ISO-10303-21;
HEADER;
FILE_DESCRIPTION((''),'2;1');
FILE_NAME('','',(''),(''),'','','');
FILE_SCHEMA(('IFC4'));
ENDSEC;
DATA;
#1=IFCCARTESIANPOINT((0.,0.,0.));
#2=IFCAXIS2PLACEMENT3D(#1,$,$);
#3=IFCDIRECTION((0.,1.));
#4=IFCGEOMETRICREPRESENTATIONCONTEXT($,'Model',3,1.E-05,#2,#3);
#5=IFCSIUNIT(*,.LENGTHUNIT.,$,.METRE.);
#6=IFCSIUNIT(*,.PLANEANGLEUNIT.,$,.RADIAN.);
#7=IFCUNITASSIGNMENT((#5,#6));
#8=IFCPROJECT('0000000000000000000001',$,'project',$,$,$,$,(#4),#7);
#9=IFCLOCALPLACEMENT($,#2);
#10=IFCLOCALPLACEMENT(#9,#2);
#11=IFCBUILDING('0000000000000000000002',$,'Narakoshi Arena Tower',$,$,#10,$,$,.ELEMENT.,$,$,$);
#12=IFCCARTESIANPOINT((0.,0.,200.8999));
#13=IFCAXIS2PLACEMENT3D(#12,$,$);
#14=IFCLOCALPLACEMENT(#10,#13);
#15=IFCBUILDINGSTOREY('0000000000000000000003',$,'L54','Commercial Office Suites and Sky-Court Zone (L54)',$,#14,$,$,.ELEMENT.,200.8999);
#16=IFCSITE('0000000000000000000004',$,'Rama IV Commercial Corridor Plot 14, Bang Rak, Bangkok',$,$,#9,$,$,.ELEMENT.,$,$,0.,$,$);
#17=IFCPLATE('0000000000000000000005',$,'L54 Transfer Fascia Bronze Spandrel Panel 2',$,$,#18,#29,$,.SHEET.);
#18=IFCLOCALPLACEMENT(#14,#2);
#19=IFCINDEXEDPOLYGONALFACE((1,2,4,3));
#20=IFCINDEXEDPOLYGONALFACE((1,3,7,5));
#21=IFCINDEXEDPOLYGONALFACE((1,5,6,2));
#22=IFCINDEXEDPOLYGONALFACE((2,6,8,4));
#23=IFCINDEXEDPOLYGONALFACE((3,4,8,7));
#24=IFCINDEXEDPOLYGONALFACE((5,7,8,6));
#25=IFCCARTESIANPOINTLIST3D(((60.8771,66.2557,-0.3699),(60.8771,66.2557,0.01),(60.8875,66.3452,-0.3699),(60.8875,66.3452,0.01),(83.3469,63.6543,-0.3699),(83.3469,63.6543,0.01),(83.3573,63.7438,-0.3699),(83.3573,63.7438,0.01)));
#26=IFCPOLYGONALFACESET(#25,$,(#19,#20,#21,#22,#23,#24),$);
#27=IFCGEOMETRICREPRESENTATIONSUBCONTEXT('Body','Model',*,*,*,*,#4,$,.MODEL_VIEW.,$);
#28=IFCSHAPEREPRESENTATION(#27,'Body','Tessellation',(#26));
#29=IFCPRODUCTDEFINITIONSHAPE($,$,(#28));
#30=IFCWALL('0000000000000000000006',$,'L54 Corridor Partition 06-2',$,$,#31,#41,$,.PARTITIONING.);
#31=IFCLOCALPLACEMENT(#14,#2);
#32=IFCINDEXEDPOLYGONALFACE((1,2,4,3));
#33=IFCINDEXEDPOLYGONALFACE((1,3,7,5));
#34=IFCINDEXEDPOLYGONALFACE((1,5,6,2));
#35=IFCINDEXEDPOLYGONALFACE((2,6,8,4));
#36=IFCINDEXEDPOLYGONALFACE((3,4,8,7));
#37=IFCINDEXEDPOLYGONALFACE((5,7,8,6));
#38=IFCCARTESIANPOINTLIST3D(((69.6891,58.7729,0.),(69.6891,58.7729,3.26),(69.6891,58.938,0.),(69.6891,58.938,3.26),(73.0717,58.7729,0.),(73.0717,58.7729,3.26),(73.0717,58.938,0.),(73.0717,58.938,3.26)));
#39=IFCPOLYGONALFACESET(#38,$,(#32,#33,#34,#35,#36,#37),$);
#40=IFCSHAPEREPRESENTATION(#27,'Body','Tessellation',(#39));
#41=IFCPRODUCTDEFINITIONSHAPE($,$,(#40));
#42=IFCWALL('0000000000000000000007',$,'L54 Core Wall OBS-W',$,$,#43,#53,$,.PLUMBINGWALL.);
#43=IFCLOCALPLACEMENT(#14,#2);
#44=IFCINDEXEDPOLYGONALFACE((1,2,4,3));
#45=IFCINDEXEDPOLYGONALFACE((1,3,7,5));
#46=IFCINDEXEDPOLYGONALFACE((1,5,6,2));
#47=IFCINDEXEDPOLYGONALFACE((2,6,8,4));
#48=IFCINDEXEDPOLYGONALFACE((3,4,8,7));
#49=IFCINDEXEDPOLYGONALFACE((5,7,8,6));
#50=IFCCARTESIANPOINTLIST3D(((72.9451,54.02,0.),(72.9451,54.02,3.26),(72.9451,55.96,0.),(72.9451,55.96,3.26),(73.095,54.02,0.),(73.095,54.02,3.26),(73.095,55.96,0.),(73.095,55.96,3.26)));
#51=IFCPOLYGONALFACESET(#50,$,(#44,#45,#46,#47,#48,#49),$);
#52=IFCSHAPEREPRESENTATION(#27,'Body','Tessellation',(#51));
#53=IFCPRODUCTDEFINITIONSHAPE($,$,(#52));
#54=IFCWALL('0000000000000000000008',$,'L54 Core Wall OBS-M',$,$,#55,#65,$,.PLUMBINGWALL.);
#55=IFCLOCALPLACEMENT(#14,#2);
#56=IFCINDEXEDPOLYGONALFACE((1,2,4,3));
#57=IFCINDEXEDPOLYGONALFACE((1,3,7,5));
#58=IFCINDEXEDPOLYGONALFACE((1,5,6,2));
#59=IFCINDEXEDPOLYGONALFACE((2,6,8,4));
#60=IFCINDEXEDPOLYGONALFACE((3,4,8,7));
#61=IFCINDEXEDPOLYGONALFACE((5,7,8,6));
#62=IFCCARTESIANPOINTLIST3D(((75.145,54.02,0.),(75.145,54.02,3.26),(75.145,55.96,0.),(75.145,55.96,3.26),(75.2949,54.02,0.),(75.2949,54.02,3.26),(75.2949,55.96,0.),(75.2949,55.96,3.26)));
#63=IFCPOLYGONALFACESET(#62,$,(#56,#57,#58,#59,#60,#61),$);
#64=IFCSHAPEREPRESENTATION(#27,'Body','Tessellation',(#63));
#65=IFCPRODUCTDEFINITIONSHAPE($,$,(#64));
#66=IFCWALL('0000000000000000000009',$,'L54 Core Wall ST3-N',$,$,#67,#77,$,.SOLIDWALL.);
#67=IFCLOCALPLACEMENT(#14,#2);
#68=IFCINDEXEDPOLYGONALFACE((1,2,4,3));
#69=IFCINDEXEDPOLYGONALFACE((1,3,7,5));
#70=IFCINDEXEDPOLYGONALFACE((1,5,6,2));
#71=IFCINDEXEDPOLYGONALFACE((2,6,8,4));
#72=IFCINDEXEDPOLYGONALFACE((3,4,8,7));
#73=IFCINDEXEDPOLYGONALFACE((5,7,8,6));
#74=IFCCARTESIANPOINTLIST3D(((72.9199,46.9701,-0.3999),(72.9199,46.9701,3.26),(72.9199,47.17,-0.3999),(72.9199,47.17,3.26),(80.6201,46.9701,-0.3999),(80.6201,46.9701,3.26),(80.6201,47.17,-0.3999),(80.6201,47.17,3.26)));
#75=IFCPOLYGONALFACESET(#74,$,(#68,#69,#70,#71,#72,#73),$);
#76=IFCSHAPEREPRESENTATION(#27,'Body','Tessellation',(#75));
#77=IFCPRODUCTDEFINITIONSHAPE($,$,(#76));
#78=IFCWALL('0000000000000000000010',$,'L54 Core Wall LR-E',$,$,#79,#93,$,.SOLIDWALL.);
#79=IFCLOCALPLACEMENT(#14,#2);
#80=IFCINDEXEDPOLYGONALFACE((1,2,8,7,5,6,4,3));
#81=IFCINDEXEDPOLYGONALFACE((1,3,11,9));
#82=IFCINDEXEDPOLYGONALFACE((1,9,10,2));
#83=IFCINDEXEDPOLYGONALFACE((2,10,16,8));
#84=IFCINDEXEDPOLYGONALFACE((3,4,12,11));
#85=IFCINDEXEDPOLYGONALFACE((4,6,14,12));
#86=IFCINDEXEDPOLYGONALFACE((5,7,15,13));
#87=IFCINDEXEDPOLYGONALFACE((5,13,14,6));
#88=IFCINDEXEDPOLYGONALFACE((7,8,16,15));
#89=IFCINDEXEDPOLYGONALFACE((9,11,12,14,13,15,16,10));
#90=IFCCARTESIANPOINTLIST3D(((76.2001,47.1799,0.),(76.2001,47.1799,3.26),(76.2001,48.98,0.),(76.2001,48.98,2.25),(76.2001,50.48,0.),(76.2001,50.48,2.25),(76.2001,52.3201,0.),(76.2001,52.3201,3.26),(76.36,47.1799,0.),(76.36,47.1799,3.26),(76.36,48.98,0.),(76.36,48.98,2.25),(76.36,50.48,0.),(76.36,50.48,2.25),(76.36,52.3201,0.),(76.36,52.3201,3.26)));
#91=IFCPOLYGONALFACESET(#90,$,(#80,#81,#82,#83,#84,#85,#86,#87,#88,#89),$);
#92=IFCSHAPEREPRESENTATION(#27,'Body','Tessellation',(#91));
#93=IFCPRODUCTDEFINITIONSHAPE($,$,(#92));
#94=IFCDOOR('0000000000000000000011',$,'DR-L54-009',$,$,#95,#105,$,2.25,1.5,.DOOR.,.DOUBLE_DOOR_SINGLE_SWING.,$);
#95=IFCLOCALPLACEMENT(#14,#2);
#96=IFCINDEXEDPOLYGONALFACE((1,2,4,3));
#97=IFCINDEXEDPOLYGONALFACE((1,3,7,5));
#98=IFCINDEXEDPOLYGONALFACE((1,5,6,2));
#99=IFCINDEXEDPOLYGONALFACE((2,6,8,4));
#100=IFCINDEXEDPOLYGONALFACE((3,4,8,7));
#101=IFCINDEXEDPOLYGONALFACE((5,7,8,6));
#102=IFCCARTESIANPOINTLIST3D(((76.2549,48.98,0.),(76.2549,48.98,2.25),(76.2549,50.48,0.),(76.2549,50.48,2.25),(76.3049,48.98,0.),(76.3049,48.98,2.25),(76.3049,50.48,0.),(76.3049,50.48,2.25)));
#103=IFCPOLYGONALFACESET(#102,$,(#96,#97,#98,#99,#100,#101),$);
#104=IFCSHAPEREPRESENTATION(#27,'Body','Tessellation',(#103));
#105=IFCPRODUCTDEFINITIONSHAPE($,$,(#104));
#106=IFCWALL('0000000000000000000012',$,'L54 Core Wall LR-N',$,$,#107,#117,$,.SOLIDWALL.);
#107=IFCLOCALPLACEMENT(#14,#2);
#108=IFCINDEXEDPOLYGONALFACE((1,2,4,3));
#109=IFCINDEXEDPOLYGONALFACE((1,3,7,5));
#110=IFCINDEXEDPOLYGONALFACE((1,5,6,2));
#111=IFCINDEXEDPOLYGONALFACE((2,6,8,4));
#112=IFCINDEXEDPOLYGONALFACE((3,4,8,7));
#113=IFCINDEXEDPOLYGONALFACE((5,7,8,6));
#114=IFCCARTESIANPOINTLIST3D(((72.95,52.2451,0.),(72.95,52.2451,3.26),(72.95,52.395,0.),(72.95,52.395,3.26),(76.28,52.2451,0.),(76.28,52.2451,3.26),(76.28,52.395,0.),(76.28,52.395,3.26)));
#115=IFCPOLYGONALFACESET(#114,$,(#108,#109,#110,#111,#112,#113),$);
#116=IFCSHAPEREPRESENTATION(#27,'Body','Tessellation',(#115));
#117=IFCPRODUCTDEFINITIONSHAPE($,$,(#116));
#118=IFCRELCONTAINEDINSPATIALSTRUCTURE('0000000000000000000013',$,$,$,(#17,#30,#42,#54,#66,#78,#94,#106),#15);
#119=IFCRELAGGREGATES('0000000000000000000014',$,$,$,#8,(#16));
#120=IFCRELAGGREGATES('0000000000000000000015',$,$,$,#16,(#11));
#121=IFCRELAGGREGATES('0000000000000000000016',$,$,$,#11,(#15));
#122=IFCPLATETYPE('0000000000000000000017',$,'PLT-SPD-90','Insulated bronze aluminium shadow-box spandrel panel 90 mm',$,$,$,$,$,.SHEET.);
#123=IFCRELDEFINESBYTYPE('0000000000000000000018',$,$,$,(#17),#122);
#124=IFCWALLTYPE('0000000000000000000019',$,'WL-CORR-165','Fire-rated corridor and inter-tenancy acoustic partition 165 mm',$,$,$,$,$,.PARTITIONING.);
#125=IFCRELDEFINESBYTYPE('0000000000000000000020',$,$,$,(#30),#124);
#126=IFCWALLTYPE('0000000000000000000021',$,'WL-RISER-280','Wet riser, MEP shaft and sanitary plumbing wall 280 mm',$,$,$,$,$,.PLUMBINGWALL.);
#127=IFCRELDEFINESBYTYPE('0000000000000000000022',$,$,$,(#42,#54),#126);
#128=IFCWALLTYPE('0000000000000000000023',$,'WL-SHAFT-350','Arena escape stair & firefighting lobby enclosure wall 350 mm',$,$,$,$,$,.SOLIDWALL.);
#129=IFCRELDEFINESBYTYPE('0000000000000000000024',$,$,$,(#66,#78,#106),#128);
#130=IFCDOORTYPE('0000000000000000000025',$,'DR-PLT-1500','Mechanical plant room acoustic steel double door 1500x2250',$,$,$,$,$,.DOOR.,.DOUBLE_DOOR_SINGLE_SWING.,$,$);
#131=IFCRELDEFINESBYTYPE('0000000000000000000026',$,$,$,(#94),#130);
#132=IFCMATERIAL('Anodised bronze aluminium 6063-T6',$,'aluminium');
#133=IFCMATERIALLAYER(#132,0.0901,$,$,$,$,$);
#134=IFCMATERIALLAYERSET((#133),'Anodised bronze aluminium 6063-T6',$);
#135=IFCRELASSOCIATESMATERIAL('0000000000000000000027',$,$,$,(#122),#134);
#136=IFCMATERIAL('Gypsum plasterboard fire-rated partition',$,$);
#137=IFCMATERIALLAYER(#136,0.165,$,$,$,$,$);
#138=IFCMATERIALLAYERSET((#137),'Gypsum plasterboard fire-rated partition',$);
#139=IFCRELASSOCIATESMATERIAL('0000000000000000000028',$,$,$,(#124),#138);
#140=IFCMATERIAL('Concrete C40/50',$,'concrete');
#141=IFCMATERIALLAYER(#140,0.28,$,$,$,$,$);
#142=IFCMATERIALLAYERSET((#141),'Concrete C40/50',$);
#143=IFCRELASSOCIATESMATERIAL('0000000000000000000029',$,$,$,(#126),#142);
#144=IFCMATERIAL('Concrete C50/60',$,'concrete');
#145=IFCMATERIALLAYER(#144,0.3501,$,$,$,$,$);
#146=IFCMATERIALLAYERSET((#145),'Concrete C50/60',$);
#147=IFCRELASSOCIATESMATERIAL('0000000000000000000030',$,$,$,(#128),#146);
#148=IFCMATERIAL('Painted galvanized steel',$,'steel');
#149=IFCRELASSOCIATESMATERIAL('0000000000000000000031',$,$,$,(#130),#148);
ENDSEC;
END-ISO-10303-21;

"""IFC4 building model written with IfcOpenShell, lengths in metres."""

from ifc_helpers import new_model, si_unit, direction, frame, frame_2d, origin, origin_2d, place, context, subcontext, project, spatial, rectangle, extrude, material, layer, layer_set, type_object, element, fill, save


model = new_model("IFC4")

# Units and contexts
model_context = context("Model", 3, precision=1e-05, world=origin(), true_north=direction((0.0, 1.0)))
body_context = subcontext(model_context, "Body", "Model", "MODEL_VIEW")
ifc_project = project(units=[si_unit("LENGTHUNIT", "METRE"), si_unit("PLANEANGLEUNIT", "RADIAN")], contexts=[model_context])

# Site, building, storey
site_placement = place(None, origin())
site = spatial("IfcSite", under=ifc_project, at=site_placement, Name="Rama IV Commercial Corridor Plot 14, Bang Rak, Bangkok", CompositionType="ELEMENT", RefElevation=0.0)
building_placement = place(site_placement, origin())
building = spatial("IfcBuilding", under=site, at=building_placement, Name="Narakoshi Arena Tower", CompositionType="ELEMENT")
storey_placement = place(building_placement, frame((0.0, 0.0, 200.8999)))
storey = spatial("IfcBuildingStorey", under=building, at=storey_placement, Name="L54", Description="Commercial Office Suites and Sky-Court Zone (L54)", CompositionType="ELEMENT", Elevation=200.8999)

# Shared definitions
ifc_material_1 = material(Name="Anodised bronze aluminium 6063-T6", Category="aluminium")

# Plate
ifc_layer_1 = layer(ifc_material_1, 0.0901)
ifc_layer_set_1 = layer_set([ifc_layer_1], Name="Anodised bronze aluminium 6063-T6")
plate_type_1 = type_object("IfcPlateType", Name="PLT-SPD-90", Description="Insulated bronze aluminium shadow-box spandrel panel 90 mm", PredefinedType="SHEET", material=ifc_layer_set_1)
plate_1_placement = place(storey_placement, frame((72.1172, 64.9998, -0.3699), z_axis=(0.0, 0.0, 1.0), x_axis=(-0.993365, 0.115007, 0.0)))
element("IfcPlate", 1, at=plate_1_placement, inside=storey, type_object=plate_type_1, Name="L54 Transfer Fascia Bronze Spandrel Panel 2", PredefinedType="SHEET", context=body_context, shape_type="SweptSolid", body=[
    extrude(rectangle(XDim=22.6199, YDim=0.0901, at=origin_2d()), origin(), (0.0, 0.0, 1.0), 0.3799),
])

# Walls
ifc_material_2 = material(Name="Gypsum plasterboard fire-rated partition")
ifc_layer_2 = layer(ifc_material_2, 0.165)
ifc_layer_set_2 = layer_set([ifc_layer_2], Name="Gypsum plasterboard fire-rated partition")
wall_type_1 = type_object("IfcWallType", Name="WL-CORR-165", Description="Fire-rated corridor and inter-tenancy acoustic partition 165 mm", PredefinedType="PARTITIONING", material=ifc_layer_set_2)
wall_1_placement = place(storey_placement, frame((73.0718, 58.8555, 0.0), z_axis=(0.0, 0.0, 1.0), x_axis=(-1.0, 0.0, 0.0)))
element("IfcWall", 2, at=wall_1_placement, inside=storey, type_object=wall_type_1, Name="L54 Corridor Partition 06-2", PredefinedType="PARTITIONING", context=body_context, shape_type="SweptSolid", body=[
    extrude(rectangle(XDim=3.3826, YDim=0.165, at=frame_2d((1.6914, 0.0))), origin(), (0.0, 0.0, 1.0), 3.26),
])
ifc_material_3 = material(Name="Concrete C40/50", Category="concrete")
ifc_layer_3 = layer(ifc_material_3, 0.28)
ifc_layer_set_3 = layer_set([ifc_layer_3], Name="Concrete C40/50")
wall_type_2 = type_object("IfcWallType", Name="WL-RISER-280", Description="Wet riser, MEP shaft and sanitary plumbing wall 280 mm", PredefinedType="PLUMBINGWALL", material=ifc_layer_set_3)
for number, where, z_axis, x_axis, name in (
    (3, (73.02, 54.02, 0.0), (0.0, 0.0, 1.0), (0.0, 1.0, 0.0), "L54 Core Wall OBS-W"),
    (4, (75.22, 54.02, 0.0), (0.0, 0.0, 1.0), (0.0, 1.0, 0.0), "L54 Core Wall OBS-M"),
):
    element("IfcWall", number, at=place(storey_placement, frame(where, z_axis=z_axis, x_axis=x_axis)), inside=storey, type_object=wall_type_2, Name=name, PredefinedType="PLUMBINGWALL", context=body_context, shape_type="SweptSolid", body=[
        extrude(rectangle(XDim=1.9399, YDim=0.1499, at=frame_2d((0.97, 0.0))), origin(), (0.0, 0.0, 1.0), 3.26),
    ])
ifc_material_4 = material(Name="Concrete C50/60", Category="concrete")
ifc_layer_4 = layer(ifc_material_4, 0.3501)
ifc_layer_set_4 = layer_set([ifc_layer_4], Name="Concrete C50/60")
wall_type_3 = type_object("IfcWallType", Name="WL-SHAFT-350", Description="Arena escape stair & firefighting lobby enclosure wall 350 mm", PredefinedType="SOLIDWALL", material=ifc_layer_set_4)
wall_2_placement = place(storey_placement, frame((72.9199, 47.0701, -0.3999), z_axis=(0.0, 0.0, 1.0), x_axis=(1.0, 0.0, 0.0)))
element("IfcWall", 5, at=wall_2_placement, inside=storey, type_object=wall_type_3, Name="L54 Core Wall ST3-N", PredefinedType="SOLIDWALL", context=body_context, shape_type="SweptSolid", body=[
    extrude(rectangle(XDim=7.7002, YDim=0.2, at=frame_2d((3.8501, 0.0))), origin(), (0.0, 0.0, 1.0), 3.6599),
])

# Wall, opening, door
wall_3_placement = place(storey_placement, frame((76.28, 47.1799, 0.0), z_axis=(0.0, 0.0, 1.0), x_axis=(0.0, 1.0, 0.0)))
wall_3 = element("IfcWall", 6, at=wall_3_placement, inside=storey, type_object=wall_type_3, Name="L54 Core Wall LR-E", PredefinedType="SOLIDWALL", context=body_context, shape_type="SweptSolid", body=[
    extrude(rectangle(XDim=5.1401, YDim=0.1599, at=frame_2d((2.5701, 0.0))), origin(), (0.0, 0.0, 1.0), 3.26),
])
opening_1_placement = place(wall_3_placement, frame((1.8, 0.0, 0.0)))
opening_1 = element("IfcOpeningElement", 7, at=opening_1_placement, cuts=wall_3, PredefinedType="OPENING", context=body_context, shape_type="SweptSolid", body=[
    extrude(rectangle(XDim=1.5, YDim=2.25, at=frame_2d((0.75, 1.125))), frame((0.0, 0.0898, 0.0), z_axis=(0.0, -1.0, 0.0), x_axis=(1.0, 0.0, 0.0)), (0.0, 0.0, 1.0), 0.1799),
])
ifc_material_5 = material(Name="Painted galvanized steel", Category="steel")
door_type_1 = type_object("IfcDoorType", Name="DR-PLT-1500", Description="Mechanical plant room acoustic steel double door 1500x2250", OperationType="DOUBLE_DOOR_SINGLE_SWING", PredefinedType="DOOR", material=ifc_material_5)
door_1_placement = place(opening_1_placement, frame((1.5, 0.0, 0.0), z_axis=(0.0, 0.0, 1.0), x_axis=(-1.0, 0.0, 0.0)))
door_1 = element("IfcDoor", 8, at=door_1_placement, inside=storey, type_object=door_type_1, Name="DR-L54-009", OperationType="DOUBLE_DOOR_SINGLE_SWING", OverallHeight=2.25, OverallWidth=1.5, PredefinedType="DOOR", context=body_context, shape_type="SweptSolid", body=[
    extrude(rectangle(XDim=1.5, YDim=2.25, at=frame_2d((0.75, 1.125))), frame((0.0, 0.0249, 0.0), z_axis=(0.0, -1.0, 0.0), x_axis=(1.0, 0.0, 0.0)), (0.0, 0.0, 1.0), 0.05),
])
fill(opening_1, door_1)

# Wall
wall_4_placement = place(storey_placement, frame((72.95, 52.3201, 0.0), z_axis=(0.0, 0.0, 1.0), x_axis=(1.0, 0.0, 0.0)))
element("IfcWall", 9, at=wall_4_placement, inside=storey, type_object=wall_type_3, Name="L54 Core Wall LR-N", PredefinedType="SOLIDWALL", context=body_context, shape_type="SweptSolid", body=[
    extrude(rectangle(XDim=3.3301, YDim=0.1499, at=frame_2d((1.665, 0.0))), origin(), (0.0, 0.0, 1.0), 3.26),
])

save(model, "model.ifc")
